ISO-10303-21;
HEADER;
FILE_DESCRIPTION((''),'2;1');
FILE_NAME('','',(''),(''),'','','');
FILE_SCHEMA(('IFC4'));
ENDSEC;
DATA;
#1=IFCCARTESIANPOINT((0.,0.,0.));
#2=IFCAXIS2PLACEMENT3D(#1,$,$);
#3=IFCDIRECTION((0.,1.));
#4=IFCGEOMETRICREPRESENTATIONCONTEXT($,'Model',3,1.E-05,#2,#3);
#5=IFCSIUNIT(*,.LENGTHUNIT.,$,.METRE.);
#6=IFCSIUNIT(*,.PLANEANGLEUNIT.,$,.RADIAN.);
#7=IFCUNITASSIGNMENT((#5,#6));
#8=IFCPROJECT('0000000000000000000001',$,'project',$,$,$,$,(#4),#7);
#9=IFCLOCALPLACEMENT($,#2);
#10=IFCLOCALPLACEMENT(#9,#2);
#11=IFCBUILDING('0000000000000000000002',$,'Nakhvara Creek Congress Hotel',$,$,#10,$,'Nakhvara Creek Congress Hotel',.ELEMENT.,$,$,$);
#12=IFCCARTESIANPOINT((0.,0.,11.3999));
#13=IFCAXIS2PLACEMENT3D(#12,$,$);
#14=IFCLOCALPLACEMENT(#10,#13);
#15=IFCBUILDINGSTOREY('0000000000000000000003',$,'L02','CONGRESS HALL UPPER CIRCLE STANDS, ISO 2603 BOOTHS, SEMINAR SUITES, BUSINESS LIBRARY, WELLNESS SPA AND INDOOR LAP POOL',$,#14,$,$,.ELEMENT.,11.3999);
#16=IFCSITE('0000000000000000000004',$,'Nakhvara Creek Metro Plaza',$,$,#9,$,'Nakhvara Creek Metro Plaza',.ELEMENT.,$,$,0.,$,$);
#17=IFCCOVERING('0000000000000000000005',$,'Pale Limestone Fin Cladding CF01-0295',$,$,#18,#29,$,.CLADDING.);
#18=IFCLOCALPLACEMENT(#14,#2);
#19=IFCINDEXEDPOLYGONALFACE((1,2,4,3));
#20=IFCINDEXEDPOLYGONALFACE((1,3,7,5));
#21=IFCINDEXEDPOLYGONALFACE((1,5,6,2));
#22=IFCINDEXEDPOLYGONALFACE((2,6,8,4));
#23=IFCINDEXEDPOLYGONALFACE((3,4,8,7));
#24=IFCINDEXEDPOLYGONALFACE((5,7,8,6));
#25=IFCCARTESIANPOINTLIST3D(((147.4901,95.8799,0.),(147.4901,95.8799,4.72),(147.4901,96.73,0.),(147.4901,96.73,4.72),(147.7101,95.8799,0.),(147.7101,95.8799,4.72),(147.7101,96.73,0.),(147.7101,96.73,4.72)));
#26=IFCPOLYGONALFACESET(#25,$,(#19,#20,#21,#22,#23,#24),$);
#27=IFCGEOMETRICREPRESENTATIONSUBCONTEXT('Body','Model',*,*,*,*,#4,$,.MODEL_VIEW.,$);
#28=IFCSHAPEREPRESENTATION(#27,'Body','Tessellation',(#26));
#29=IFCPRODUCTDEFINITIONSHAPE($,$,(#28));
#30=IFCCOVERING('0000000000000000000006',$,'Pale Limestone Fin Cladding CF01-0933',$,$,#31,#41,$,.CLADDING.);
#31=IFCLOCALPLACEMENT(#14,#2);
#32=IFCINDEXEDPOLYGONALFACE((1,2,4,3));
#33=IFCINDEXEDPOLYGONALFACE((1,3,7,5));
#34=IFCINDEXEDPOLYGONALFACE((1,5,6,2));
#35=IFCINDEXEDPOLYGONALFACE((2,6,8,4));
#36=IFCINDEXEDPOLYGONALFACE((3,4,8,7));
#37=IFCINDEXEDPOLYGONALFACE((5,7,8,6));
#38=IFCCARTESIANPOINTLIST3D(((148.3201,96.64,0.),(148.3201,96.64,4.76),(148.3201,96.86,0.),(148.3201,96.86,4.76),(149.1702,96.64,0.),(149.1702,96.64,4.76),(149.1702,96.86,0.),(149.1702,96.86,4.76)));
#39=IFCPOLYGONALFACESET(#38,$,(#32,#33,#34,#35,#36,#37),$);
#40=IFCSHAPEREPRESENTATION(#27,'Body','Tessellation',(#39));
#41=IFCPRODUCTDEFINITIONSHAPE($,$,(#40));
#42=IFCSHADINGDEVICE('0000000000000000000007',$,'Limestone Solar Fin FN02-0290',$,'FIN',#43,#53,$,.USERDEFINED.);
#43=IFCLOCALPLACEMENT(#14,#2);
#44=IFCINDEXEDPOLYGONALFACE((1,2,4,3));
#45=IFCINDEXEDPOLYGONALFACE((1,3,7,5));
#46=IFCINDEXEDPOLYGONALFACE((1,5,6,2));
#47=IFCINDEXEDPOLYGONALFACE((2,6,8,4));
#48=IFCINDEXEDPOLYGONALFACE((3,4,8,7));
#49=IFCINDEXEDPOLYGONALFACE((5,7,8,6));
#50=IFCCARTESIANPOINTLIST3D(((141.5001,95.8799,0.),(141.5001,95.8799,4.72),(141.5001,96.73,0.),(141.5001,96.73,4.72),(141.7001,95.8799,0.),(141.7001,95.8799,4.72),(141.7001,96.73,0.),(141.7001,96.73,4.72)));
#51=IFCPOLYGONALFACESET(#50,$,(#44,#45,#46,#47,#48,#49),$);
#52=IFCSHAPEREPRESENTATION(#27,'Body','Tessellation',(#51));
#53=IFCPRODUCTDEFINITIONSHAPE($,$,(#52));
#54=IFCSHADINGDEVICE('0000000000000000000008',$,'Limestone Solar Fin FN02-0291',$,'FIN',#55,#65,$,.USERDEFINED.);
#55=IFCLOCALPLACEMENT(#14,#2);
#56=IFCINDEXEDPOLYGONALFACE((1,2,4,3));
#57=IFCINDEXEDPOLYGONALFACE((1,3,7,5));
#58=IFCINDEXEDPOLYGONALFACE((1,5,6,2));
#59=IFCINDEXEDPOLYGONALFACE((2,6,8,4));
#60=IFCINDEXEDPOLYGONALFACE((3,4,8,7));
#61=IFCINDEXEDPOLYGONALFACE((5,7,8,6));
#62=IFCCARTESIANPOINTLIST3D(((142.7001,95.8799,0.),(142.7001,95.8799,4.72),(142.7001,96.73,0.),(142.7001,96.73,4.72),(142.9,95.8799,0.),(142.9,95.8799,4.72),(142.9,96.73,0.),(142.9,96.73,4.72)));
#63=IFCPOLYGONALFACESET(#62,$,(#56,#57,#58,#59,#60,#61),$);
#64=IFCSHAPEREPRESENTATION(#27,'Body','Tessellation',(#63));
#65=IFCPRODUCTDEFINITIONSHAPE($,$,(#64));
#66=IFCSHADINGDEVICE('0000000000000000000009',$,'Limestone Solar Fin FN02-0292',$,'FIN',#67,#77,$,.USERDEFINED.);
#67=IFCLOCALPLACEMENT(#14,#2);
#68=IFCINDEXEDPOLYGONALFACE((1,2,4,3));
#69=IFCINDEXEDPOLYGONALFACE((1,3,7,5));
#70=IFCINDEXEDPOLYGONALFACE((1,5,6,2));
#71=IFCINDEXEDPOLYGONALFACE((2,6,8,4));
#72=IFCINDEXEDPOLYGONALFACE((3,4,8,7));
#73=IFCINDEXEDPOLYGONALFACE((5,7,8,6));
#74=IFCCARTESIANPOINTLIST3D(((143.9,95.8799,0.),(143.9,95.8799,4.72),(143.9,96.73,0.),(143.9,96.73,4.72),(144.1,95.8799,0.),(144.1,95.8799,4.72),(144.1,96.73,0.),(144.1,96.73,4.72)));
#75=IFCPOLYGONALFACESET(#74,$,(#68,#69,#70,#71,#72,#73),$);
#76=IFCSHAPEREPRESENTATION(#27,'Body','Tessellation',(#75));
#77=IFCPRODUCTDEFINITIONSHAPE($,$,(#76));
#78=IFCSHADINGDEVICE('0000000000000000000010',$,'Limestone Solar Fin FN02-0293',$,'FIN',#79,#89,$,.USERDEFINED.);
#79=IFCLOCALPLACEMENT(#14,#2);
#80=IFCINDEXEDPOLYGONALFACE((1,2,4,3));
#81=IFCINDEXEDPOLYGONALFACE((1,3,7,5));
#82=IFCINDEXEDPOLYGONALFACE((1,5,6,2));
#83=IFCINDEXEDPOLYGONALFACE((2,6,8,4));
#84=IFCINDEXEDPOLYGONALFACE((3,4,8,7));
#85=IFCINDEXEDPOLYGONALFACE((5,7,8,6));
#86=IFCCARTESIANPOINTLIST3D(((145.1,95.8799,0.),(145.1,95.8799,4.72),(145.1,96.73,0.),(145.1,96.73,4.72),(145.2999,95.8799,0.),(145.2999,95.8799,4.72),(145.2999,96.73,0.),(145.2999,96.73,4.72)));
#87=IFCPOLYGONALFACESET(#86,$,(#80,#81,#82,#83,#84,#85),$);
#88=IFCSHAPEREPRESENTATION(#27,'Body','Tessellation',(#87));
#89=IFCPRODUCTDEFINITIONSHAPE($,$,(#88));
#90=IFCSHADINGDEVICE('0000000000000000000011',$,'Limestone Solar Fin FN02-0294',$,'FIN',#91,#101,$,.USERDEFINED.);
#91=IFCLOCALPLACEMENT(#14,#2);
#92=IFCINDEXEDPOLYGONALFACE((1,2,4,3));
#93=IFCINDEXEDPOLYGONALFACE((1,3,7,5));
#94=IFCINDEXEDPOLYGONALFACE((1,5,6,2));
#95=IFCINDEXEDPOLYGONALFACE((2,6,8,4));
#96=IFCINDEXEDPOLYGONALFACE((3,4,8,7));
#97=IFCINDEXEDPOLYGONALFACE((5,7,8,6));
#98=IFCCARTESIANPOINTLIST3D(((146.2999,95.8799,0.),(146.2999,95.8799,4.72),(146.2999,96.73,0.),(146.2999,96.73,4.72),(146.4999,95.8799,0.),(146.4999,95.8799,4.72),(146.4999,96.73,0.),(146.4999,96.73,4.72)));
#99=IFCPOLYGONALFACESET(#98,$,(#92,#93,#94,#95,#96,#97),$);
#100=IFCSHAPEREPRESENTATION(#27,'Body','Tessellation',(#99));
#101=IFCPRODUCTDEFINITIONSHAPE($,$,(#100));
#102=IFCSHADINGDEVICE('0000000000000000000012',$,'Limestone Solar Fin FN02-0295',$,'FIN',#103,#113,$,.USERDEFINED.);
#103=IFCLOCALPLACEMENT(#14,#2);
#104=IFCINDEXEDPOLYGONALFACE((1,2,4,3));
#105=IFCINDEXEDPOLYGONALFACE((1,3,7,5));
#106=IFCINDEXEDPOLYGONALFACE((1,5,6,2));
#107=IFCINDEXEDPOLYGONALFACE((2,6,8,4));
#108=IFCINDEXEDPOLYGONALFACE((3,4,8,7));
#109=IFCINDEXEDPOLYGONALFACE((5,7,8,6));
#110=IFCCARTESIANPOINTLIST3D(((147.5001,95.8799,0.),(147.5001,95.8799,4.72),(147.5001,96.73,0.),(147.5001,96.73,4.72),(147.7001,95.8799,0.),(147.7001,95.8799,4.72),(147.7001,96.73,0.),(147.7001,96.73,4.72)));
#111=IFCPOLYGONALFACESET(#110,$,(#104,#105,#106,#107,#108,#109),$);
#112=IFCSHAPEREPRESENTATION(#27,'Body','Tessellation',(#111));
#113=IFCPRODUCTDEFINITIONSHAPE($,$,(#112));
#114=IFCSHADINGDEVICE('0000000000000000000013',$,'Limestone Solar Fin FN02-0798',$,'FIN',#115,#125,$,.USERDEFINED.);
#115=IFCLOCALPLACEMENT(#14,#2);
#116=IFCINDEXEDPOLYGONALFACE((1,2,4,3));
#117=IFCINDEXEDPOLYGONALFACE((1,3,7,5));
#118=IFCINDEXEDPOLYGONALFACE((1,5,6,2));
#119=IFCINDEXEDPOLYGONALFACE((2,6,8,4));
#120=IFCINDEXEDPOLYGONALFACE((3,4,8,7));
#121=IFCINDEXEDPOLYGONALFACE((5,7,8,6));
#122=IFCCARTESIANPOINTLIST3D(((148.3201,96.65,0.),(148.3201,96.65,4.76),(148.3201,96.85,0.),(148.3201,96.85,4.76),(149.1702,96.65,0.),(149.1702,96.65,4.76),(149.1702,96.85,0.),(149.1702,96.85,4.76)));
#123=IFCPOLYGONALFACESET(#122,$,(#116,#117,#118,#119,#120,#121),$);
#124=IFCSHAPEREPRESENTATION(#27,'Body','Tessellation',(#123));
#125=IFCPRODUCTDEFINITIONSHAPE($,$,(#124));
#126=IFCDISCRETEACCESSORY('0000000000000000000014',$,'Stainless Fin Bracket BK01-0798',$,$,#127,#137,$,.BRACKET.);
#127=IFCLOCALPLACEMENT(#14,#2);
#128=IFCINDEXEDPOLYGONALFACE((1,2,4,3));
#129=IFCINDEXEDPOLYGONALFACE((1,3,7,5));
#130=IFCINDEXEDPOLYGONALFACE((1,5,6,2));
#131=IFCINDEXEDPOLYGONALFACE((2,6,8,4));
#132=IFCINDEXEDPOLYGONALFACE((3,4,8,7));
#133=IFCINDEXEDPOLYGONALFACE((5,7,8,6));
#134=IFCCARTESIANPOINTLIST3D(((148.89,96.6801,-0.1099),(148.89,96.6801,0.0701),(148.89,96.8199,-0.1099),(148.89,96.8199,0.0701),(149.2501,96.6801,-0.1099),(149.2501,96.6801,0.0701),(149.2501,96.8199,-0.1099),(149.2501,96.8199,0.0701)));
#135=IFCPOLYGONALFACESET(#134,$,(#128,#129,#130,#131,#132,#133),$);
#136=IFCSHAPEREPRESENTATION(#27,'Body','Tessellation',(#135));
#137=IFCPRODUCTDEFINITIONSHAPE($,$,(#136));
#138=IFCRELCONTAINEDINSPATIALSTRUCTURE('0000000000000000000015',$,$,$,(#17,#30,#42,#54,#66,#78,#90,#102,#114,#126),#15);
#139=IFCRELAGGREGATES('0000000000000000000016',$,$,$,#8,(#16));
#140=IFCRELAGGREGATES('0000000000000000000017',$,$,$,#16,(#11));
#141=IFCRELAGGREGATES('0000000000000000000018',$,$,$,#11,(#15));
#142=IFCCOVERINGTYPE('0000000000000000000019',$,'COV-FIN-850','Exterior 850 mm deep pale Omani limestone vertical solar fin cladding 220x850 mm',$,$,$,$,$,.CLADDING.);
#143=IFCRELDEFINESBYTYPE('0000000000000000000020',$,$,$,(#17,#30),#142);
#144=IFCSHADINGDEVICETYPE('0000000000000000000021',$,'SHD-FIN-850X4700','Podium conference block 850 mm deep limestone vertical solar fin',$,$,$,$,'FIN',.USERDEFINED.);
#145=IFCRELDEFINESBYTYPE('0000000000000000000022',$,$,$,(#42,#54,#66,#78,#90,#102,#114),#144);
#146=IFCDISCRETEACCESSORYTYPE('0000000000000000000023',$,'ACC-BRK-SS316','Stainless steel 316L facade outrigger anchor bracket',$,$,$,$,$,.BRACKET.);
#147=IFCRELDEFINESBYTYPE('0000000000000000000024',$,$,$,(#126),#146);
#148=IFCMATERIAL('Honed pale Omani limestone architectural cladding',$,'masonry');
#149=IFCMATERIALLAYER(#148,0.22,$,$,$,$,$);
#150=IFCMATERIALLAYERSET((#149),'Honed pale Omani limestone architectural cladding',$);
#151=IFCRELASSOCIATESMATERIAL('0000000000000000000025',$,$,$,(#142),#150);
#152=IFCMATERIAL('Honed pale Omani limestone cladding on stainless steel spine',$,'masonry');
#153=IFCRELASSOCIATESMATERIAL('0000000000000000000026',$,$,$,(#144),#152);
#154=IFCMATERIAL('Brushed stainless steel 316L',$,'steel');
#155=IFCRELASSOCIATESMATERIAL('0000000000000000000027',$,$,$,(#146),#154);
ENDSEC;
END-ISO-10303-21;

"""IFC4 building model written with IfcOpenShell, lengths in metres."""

from ifc_helpers import new_model, si_unit, direction, frame, origin, origin_2d, place, context, subcontext, project, spatial, rectangle, extrude, material, layer, layer_set, type_object, element, save


model = new_model("IFC4")

# Units and contexts
model_context = context("Model", 3, precision=1e-05, world=origin(), true_north=direction((0.0, 1.0)))
body_context = subcontext(model_context, "Body", "Model", "MODEL_VIEW")
ifc_project = project(units=[si_unit("LENGTHUNIT", "METRE"), si_unit("PLANEANGLEUNIT", "RADIAN")], contexts=[model_context])

# Site, building, storey
site_placement = place(None, origin())
site = spatial("IfcSite", under=ifc_project, at=site_placement, Name="Nakhvara Creek Metro Plaza", LongName="Nakhvara Creek Metro Plaza", CompositionType="ELEMENT", RefElevation=0.0)
building_placement = place(site_placement, origin())
building = spatial("IfcBuilding", under=site, at=building_placement, Name="Nakhvara Creek Congress Hotel", LongName="Nakhvara Creek Congress Hotel", CompositionType="ELEMENT")
storey_placement = place(building_placement, frame((0.0, 0.0, 11.3999)))
storey = spatial("IfcBuildingStorey", under=building, at=storey_placement, Name="L02", Description="CONGRESS HALL UPPER CIRCLE STANDS, ISO 2603 BOOTHS, SEMINAR SUITES, BUSINESS LIBRARY, WELLNESS SPA AND INDOOR LAP POOL", CompositionType="ELEMENT", Elevation=11.3999)

# Coverings
ifc_material_1 = material(Name="Honed pale Omani limestone architectural cladding", Category="masonry")
ifc_layer_1 = layer(ifc_material_1, 0.22)
ifc_layer_set_1 = layer_set([ifc_layer_1], Name="Honed pale Omani limestone architectural cladding")
covering_type = type_object("IfcCoveringType", Name="COV-FIN-850", Description="Exterior 850 mm deep pale Omani limestone vertical solar fin cladding 220x850 mm", PredefinedType="CLADDING", material=ifc_layer_set_1)
for number, where, z_axis, x_axis, name in (
    (1, (147.6001, 96.3049, 0.0), (0.0, 0.0, 1.0), (1.0, 0.0, 0.0), "Pale Limestone Fin Cladding CF01-0295"),
):
    element("IfcCovering", number, at=place(storey_placement, frame(where, z_axis=z_axis, x_axis=x_axis)), inside=storey, type_object=covering_type, Name=name, PredefinedType="CLADDING", context=body_context, shape_type="SweptSolid", body=[
        extrude(rectangle(XDim=0.22, YDim=0.8501, at=origin_2d()), origin(), (0.0, 0.0, 1.0), 4.72),
    ])
covering_placement = place(storey_placement, frame((148.7451, 96.75, 0.0), z_axis=(0.0, 0.0, 1.0), x_axis=(0.0, 1.0, 0.0)))
element("IfcCovering", 2, at=covering_placement, inside=storey, type_object=covering_type, Name="Pale Limestone Fin Cladding CF01-0933", PredefinedType="CLADDING", context=body_context, shape_type="SweptSolid", body=[
    extrude(rectangle(XDim=0.22, YDim=0.8501, at=origin_2d()), origin(), (0.0, 0.0, 1.0), 4.76),
])

# Shading devices
ifc_material_2 = material(Name="Honed pale Omani limestone cladding on stainless steel spine", Category="masonry")
shading_device_type = type_object("IfcShadingDeviceType", Name="SHD-FIN-850X4700", Description="Podium conference block 850 mm deep limestone vertical solar fin", ElementType="FIN", PredefinedType="USERDEFINED", material=ifc_material_2)
for number, where, z_axis, x_axis, name in (
    (3, (141.6001, 96.3049, 0.0), (0.0, 0.0, 1.0), (1.0, 0.0, 0.0), "Limestone Solar Fin FN02-0290"),
    (4, (142.8, 96.3049, 0.0), (0.0, 0.0, 1.0), (1.0, 0.0, 0.0), "Limestone Solar Fin FN02-0291"),
    (5, (144.0, 96.3049, 0.0), (0.0, 0.0, 1.0), (1.0, 0.0, 0.0), "Limestone Solar Fin FN02-0292"),
    (6, (145.2, 96.3049, 0.0), (0.0, 0.0, 1.0), (1.0, 0.0, 0.0), "Limestone Solar Fin FN02-0293"),
    (7, (146.3999, 96.3049, 0.0), (0.0, 0.0, 1.0), (1.0, 0.0, 0.0), "Limestone Solar Fin FN02-0294"),
    (8, (147.6001, 96.3049, 0.0), (0.0, 0.0, 1.0), (1.0, 0.0, 0.0), "Limestone Solar Fin FN02-0295"),
):
    element("IfcShadingDevice", number, at=place(storey_placement, frame(where, z_axis=z_axis, x_axis=x_axis)), inside=storey, type_object=shading_device_type, Name=name, ObjectType="FIN", PredefinedType="USERDEFINED", context=body_context, shape_type="SweptSolid", body=[
        extrude(rectangle(XDim=0.2, YDim=0.8501, at=origin_2d()), origin(), (0.0, 0.0, 1.0), 4.72),
    ])
shading_device_placement = place(storey_placement, frame((148.7451, 96.75, 0.0), z_axis=(0.0, 0.0, 1.0), x_axis=(0.0, 1.0, 0.0)))
element("IfcShadingDevice", 9, at=shading_device_placement, inside=storey, type_object=shading_device_type, Name="Limestone Solar Fin FN02-0798", ObjectType="FIN", PredefinedType="USERDEFINED", context=body_context, shape_type="SweptSolid", body=[
    extrude(rectangle(XDim=0.2, YDim=0.8501, at=origin_2d()), origin(), (0.0, 0.0, 1.0), 4.76),
])

# Discrete accessory
ifc_material_3 = material(Name="Brushed stainless steel 316L", Category="steel")
discrete_accessory_type = type_object("IfcDiscreteAccessoryType", Name="ACC-BRK-SS316", Description="Stainless steel 316L facade outrigger anchor bracket", PredefinedType="BRACKET", material=ifc_material_3)
discrete_accessory_placement = place(storey_placement, frame((149.0701, 96.75, -0.1099), z_axis=(0.0, 0.0, 1.0), x_axis=(0.0, 1.0, 0.0)))
element("IfcDiscreteAccessory", 10, at=discrete_accessory_placement, inside=storey, type_object=discrete_accessory_type, Name="Stainless Fin Bracket BK01-0798", PredefinedType="BRACKET", context=body_context, shape_type="SweptSolid", body=[
    extrude(rectangle(XDim=0.1399, YDim=0.3601, at=origin_2d()), origin(), (0.0, 0.0, 1.0), 0.1799),
])

save(model, "model.ifc")
